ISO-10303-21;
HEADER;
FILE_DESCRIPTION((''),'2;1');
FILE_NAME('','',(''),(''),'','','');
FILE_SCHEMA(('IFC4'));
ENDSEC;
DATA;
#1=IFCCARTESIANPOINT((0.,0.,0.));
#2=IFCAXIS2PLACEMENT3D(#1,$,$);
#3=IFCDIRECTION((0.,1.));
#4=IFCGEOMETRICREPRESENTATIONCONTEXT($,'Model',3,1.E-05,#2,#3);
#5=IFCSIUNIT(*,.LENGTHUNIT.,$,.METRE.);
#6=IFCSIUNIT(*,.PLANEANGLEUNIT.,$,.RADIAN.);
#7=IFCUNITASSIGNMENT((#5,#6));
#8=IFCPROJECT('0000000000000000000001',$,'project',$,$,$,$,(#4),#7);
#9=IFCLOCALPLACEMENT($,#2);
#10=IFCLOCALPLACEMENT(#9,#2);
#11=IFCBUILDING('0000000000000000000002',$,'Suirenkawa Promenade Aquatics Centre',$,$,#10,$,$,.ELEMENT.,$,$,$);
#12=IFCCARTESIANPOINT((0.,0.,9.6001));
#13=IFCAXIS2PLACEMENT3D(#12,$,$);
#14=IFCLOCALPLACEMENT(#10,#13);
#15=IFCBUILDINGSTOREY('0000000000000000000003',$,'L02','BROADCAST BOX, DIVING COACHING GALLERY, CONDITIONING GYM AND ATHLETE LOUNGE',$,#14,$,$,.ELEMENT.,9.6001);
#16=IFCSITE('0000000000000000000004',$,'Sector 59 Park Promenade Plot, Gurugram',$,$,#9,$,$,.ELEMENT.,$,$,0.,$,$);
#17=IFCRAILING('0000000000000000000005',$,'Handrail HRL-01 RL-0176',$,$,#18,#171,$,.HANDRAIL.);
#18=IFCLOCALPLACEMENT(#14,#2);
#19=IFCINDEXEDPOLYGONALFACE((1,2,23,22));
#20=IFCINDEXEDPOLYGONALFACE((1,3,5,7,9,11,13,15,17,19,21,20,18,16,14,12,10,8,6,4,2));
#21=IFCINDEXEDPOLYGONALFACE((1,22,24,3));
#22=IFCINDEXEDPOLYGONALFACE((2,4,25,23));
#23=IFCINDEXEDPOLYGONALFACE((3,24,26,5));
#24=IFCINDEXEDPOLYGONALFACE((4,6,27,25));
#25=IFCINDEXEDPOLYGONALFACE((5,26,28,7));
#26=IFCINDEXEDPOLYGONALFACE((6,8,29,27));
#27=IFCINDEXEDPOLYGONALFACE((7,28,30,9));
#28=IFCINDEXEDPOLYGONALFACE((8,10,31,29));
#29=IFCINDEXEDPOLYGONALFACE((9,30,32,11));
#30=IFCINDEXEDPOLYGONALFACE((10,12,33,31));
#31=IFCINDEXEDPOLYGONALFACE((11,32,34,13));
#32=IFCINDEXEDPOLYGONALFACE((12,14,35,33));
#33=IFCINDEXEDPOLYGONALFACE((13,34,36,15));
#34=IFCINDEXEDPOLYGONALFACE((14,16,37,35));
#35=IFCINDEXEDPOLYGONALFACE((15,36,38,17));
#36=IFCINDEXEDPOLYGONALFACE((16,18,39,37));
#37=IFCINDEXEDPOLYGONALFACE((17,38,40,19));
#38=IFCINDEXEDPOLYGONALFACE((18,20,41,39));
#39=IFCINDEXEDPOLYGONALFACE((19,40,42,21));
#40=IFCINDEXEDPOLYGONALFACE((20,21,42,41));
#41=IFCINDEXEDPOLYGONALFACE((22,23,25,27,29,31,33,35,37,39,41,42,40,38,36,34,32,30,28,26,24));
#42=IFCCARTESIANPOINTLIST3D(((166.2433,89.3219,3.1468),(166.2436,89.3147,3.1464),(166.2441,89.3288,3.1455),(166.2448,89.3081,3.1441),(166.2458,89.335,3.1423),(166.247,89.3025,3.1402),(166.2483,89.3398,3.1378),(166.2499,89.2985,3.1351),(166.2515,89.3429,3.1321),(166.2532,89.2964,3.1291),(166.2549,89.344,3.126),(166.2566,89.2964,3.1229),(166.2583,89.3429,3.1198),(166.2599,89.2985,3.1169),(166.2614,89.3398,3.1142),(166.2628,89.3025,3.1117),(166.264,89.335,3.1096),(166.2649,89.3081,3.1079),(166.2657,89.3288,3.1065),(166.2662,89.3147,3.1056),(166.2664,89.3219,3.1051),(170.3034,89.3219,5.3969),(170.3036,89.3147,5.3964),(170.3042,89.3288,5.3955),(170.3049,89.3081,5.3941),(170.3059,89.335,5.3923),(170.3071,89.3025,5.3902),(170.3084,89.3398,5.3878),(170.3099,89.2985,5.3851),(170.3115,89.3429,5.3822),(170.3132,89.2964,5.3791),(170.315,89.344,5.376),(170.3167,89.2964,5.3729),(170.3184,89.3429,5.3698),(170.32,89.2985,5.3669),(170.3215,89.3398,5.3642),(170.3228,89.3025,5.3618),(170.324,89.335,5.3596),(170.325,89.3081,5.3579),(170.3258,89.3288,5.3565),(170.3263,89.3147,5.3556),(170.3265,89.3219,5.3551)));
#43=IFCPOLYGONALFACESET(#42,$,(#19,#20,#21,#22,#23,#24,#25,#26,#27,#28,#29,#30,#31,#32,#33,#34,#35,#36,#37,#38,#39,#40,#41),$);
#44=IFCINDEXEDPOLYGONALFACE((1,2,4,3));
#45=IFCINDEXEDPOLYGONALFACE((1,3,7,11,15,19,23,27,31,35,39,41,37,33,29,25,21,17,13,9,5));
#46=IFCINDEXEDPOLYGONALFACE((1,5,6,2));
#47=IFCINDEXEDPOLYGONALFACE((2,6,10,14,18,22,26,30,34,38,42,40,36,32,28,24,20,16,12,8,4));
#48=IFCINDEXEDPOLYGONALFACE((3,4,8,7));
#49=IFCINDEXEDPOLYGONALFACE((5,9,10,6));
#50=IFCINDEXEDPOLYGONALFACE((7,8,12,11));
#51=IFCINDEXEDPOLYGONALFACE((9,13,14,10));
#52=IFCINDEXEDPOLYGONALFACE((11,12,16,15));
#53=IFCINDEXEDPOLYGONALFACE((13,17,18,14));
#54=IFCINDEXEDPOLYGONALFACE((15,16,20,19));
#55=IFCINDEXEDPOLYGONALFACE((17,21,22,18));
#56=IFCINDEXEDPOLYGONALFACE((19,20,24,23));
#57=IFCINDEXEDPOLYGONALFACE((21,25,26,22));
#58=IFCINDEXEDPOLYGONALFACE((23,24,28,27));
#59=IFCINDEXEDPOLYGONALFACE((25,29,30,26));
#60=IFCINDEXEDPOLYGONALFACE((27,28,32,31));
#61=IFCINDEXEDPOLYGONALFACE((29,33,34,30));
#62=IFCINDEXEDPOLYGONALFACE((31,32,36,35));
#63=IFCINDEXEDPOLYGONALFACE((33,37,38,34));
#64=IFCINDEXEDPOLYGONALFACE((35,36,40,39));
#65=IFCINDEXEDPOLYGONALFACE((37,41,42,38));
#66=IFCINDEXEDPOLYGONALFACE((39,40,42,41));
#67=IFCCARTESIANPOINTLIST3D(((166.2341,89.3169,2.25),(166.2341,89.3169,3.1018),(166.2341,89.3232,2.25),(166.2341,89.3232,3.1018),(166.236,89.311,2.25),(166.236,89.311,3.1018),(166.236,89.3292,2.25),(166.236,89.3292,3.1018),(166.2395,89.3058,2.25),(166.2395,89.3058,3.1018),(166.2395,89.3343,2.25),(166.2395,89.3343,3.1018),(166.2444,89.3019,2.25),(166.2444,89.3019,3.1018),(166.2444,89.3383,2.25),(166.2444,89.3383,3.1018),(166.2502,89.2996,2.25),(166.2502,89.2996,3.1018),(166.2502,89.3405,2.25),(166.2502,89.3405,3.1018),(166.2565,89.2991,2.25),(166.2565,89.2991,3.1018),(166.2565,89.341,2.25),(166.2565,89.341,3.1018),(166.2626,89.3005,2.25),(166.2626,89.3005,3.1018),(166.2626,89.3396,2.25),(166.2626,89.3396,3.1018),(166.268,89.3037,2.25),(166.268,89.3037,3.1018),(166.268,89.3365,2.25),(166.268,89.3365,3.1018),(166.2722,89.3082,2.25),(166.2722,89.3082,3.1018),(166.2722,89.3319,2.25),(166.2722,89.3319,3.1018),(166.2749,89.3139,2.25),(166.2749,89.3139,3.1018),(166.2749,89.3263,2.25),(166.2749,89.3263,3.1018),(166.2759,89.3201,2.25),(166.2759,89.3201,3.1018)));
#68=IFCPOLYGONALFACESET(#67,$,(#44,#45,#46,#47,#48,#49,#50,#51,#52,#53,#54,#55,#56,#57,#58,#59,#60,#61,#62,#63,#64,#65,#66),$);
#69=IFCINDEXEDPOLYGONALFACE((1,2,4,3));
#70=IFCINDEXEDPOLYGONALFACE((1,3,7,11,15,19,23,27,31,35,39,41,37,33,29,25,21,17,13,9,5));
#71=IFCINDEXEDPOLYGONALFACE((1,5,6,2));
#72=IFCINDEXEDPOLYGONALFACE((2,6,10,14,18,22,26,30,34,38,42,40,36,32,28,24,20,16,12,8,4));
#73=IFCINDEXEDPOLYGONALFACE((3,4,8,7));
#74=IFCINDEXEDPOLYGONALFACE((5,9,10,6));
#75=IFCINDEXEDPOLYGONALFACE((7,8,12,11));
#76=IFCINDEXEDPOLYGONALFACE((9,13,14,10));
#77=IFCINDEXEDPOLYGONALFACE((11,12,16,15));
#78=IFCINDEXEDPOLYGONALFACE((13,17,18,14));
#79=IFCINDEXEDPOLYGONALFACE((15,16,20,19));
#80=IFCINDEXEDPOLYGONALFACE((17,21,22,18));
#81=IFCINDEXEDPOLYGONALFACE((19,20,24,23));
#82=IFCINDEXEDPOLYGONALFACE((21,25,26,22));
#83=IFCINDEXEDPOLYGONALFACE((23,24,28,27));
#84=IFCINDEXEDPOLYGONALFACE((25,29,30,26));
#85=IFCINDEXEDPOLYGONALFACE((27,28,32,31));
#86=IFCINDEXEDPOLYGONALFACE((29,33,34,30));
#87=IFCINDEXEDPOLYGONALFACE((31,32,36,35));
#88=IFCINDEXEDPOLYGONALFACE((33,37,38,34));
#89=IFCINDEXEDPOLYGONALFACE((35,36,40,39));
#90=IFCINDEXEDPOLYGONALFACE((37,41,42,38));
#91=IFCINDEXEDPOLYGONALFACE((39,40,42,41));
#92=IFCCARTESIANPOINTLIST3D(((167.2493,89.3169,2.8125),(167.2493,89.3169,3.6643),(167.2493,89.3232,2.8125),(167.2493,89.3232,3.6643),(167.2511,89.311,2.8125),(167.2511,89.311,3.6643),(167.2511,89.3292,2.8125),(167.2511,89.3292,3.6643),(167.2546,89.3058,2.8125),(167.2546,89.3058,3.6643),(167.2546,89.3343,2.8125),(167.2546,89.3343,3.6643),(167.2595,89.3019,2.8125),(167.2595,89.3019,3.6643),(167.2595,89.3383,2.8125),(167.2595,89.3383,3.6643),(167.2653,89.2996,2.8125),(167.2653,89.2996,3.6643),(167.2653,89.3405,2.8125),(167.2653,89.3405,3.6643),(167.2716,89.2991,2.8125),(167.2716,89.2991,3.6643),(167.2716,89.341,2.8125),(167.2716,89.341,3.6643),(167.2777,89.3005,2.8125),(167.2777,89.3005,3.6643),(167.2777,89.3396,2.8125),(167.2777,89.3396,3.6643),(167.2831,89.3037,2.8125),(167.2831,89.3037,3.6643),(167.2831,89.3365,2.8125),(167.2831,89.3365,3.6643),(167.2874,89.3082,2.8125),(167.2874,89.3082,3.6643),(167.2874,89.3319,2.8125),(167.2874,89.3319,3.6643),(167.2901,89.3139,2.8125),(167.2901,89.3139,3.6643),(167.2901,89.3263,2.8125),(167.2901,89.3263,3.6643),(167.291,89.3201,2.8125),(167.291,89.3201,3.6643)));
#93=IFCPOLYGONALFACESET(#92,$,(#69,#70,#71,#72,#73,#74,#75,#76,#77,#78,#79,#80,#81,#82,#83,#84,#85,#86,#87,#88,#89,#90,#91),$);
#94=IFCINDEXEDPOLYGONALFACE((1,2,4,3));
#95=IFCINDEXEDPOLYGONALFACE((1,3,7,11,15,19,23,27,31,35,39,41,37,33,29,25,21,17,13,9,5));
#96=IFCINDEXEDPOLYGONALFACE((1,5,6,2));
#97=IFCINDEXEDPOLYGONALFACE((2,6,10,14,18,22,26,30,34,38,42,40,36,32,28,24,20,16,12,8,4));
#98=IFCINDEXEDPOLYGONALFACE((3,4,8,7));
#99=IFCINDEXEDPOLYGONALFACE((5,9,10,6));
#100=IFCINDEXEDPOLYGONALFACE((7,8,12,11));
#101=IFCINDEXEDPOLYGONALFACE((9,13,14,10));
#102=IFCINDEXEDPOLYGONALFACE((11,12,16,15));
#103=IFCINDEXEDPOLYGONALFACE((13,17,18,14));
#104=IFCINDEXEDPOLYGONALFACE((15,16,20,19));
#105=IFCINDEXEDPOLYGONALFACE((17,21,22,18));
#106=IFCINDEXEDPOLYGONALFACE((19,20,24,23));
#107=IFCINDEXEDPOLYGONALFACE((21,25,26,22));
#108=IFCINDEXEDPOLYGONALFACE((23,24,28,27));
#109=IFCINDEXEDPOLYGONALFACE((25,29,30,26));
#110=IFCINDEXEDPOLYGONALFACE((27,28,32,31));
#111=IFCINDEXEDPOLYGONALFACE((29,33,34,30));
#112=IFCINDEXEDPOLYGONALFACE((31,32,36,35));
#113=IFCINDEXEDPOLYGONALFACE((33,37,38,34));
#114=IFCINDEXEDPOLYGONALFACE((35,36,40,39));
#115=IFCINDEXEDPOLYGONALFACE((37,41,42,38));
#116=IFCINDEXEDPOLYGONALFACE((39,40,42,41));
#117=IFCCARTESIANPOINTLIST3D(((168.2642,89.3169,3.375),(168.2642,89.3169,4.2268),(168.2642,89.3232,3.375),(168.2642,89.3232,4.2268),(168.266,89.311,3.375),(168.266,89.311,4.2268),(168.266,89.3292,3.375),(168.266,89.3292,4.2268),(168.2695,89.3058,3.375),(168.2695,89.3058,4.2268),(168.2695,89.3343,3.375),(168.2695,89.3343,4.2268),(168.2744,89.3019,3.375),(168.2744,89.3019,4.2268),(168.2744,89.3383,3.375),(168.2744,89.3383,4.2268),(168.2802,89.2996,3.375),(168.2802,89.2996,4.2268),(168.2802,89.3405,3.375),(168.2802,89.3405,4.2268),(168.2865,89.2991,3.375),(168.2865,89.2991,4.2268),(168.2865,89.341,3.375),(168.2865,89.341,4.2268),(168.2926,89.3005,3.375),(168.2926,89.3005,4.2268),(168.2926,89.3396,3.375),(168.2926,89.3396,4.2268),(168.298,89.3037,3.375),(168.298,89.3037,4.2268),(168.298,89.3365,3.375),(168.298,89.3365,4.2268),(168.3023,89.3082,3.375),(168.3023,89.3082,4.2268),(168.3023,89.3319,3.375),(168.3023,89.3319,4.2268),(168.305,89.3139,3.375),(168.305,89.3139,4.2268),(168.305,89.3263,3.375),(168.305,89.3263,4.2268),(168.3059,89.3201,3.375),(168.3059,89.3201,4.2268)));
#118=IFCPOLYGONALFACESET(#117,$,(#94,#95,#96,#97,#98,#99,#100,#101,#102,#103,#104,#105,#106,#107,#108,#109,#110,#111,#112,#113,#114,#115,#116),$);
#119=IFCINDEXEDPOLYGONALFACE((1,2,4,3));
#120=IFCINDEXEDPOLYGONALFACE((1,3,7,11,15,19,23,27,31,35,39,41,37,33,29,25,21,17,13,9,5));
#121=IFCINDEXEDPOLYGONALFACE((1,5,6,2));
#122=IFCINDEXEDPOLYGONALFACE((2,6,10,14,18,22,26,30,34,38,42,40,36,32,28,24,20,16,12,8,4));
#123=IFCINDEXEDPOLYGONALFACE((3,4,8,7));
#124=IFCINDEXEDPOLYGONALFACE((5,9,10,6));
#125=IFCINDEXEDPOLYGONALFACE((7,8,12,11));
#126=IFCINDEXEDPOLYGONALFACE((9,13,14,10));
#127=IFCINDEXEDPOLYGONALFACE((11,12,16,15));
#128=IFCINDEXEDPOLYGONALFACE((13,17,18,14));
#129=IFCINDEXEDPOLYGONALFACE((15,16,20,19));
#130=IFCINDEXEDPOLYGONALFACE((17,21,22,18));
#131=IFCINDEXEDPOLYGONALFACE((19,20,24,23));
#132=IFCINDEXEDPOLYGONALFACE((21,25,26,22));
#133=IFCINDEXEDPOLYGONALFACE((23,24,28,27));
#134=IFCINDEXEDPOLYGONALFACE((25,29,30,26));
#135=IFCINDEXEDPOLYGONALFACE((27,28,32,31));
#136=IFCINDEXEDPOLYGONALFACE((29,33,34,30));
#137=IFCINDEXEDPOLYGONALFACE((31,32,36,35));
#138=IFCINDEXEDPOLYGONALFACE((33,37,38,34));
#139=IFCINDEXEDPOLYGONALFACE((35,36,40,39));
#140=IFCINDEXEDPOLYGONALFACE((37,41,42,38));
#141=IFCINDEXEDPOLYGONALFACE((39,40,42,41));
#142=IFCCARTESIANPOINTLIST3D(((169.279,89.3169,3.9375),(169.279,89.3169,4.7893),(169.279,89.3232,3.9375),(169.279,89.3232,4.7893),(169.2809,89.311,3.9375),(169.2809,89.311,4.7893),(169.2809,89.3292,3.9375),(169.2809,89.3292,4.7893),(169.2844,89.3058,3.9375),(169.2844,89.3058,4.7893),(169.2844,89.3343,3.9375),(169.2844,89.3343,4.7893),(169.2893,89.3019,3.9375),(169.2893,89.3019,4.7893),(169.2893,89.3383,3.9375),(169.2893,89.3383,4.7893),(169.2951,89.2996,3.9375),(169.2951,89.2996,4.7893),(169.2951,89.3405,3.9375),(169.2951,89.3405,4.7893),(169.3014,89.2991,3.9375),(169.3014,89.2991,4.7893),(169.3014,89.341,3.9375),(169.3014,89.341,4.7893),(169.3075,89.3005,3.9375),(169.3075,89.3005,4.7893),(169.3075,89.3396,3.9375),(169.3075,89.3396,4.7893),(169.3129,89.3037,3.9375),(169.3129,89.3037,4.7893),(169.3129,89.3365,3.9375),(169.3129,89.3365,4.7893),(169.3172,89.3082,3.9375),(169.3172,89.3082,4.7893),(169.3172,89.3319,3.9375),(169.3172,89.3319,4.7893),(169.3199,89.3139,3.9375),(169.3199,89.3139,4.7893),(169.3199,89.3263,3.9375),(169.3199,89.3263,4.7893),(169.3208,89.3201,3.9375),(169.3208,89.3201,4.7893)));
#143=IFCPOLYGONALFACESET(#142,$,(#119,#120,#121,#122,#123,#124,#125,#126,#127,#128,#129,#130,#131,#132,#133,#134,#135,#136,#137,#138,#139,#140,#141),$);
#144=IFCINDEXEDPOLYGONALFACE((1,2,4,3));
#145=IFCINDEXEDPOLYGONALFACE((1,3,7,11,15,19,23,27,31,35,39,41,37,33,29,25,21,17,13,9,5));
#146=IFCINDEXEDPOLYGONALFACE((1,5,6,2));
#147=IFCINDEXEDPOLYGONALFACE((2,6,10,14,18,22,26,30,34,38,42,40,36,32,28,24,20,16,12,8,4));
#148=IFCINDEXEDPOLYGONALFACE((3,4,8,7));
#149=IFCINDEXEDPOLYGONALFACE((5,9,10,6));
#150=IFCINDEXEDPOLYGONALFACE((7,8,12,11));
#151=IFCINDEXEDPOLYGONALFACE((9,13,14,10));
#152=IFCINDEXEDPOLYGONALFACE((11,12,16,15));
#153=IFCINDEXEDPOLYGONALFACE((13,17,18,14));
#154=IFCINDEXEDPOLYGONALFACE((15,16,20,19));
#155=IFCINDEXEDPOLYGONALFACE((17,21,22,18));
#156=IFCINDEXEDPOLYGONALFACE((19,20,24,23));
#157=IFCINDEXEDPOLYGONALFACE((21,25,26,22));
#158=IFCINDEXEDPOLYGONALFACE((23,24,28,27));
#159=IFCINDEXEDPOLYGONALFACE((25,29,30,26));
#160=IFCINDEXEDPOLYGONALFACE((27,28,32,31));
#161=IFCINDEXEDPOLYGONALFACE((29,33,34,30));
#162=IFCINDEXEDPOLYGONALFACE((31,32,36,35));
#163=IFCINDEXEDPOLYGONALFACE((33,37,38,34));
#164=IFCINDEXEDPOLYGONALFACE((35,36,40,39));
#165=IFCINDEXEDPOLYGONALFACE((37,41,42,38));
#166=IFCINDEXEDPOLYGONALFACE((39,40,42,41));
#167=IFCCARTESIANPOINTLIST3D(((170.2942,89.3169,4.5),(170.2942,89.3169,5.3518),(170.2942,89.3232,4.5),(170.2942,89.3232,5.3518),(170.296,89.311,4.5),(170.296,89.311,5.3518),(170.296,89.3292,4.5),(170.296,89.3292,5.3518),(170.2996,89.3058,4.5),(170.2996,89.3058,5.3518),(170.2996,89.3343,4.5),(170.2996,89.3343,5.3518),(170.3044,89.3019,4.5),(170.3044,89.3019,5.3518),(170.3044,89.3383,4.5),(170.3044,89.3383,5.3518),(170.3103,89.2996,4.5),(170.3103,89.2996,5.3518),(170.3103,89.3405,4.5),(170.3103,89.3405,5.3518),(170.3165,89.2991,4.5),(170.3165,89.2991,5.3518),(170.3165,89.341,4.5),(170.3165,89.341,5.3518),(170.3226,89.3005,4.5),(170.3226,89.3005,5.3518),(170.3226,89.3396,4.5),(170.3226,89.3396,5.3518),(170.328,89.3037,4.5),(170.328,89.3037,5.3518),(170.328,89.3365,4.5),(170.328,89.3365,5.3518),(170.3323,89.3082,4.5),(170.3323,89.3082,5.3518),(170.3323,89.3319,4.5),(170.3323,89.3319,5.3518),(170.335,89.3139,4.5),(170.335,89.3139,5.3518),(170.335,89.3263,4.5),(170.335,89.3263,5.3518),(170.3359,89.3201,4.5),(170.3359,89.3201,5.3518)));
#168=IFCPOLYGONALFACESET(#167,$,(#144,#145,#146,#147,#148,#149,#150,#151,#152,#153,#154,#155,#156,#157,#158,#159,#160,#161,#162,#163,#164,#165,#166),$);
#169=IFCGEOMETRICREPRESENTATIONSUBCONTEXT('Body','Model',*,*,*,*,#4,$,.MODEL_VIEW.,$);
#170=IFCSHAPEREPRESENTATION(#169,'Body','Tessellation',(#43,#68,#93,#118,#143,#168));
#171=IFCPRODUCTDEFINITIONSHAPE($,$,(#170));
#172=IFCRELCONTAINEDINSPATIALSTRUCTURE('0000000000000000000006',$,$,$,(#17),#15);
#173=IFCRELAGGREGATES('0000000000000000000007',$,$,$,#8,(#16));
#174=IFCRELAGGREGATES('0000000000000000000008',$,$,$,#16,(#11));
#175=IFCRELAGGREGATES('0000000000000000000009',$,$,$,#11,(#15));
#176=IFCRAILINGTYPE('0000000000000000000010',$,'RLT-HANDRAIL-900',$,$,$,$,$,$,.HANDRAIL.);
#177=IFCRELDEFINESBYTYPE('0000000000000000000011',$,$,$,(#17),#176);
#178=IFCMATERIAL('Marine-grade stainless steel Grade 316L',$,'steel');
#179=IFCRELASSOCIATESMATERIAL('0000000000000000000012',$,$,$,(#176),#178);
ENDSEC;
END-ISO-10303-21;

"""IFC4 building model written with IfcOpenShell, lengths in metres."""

from ifc_helpers import new_model, si_unit, direction, frame, origin, origin_2d, place, context, subcontext, project, spatial, circle, extrude, material, type_object, element, save


model = new_model("IFC4")

# Units and contexts
model_context = context("Model", 3, precision=1e-05, world=origin(), true_north=direction((0.0, 1.0)))
body_context = subcontext(model_context, "Body", "Model", "MODEL_VIEW")
ifc_project = project(units=[si_unit("LENGTHUNIT", "METRE"), si_unit("PLANEANGLEUNIT", "RADIAN")], contexts=[model_context])

# Site, building, storey
site_placement = place(None, origin())
site = spatial("IfcSite", under=ifc_project, at=site_placement, Name="Sector 59 Park Promenade Plot, Gurugram", CompositionType="ELEMENT", RefElevation=0.0)
building_placement = place(site_placement, origin())
building = spatial("IfcBuilding", under=site, at=building_placement, Name="Suirenkawa Promenade Aquatics Centre", CompositionType="ELEMENT")
storey_placement = place(building_placement, frame((0.0, 0.0, 9.6001)))
storey = spatial("IfcBuildingStorey", under=building, at=storey_placement, Name="L02", Description="BROADCAST BOX, DIVING COACHING GALLERY, CONDITIONING GYM AND ATHLETE LOUNGE", CompositionType="ELEMENT", Elevation=9.6001)

# Shared definitions
ifc_material_1 = material(Name="Marine-grade stainless steel Grade 316L", Category="steel")

# Railing
railing_type_1 = type_object("IfcRailingType", Name="RLT-HANDRAIL-900", PredefinedType="HANDRAIL", material=ifc_material_1)
for number, where, name in (
    (1, (166.2549, 89.3201, 2.25), "Handrail HRL-01 RL-0176"),
):
    element("IfcRailing", number, at=place(storey_placement, frame(where)), inside=storey, type_object=railing_type_1, Name=name, PredefinedType="HANDRAIL", context=body_context, shape_type="SweptSolid", body=[
        extrude(circle(Radius=0.0239, at=origin_2d()), frame((0.0, 0.0, 0.876), z_axis=(0.874668, 0.0, 0.484723), x_axis=(0.0, 1.0, 0.0)), (0.0, 0.0, 1.0), 4.6418),
        extrude(circle(Radius=0.021, at=origin_2d()), origin(), (0.0, 0.0, 1.0), 0.8518),
        extrude(circle(Radius=0.021, at=origin_2d()), frame((1.0151, 0.0, 0.5625)), (0.0, 0.0, 1.0), 0.8518),
        extrude(circle(Radius=0.021, at=origin_2d()), frame((2.03, 0.0, 1.125)), (0.0, 0.0, 1.0), 0.8518),
        extrude(circle(Radius=0.021, at=origin_2d()), frame((3.0449, 0.0, 1.6875)), (0.0, 0.0, 1.0), 0.8518),
        extrude(circle(Radius=0.021, at=origin_2d()), frame((4.0601, 0.0, 2.25)), (0.0, 0.0, 1.0), 0.8518),
    ])

save(model, "model.ifc")
